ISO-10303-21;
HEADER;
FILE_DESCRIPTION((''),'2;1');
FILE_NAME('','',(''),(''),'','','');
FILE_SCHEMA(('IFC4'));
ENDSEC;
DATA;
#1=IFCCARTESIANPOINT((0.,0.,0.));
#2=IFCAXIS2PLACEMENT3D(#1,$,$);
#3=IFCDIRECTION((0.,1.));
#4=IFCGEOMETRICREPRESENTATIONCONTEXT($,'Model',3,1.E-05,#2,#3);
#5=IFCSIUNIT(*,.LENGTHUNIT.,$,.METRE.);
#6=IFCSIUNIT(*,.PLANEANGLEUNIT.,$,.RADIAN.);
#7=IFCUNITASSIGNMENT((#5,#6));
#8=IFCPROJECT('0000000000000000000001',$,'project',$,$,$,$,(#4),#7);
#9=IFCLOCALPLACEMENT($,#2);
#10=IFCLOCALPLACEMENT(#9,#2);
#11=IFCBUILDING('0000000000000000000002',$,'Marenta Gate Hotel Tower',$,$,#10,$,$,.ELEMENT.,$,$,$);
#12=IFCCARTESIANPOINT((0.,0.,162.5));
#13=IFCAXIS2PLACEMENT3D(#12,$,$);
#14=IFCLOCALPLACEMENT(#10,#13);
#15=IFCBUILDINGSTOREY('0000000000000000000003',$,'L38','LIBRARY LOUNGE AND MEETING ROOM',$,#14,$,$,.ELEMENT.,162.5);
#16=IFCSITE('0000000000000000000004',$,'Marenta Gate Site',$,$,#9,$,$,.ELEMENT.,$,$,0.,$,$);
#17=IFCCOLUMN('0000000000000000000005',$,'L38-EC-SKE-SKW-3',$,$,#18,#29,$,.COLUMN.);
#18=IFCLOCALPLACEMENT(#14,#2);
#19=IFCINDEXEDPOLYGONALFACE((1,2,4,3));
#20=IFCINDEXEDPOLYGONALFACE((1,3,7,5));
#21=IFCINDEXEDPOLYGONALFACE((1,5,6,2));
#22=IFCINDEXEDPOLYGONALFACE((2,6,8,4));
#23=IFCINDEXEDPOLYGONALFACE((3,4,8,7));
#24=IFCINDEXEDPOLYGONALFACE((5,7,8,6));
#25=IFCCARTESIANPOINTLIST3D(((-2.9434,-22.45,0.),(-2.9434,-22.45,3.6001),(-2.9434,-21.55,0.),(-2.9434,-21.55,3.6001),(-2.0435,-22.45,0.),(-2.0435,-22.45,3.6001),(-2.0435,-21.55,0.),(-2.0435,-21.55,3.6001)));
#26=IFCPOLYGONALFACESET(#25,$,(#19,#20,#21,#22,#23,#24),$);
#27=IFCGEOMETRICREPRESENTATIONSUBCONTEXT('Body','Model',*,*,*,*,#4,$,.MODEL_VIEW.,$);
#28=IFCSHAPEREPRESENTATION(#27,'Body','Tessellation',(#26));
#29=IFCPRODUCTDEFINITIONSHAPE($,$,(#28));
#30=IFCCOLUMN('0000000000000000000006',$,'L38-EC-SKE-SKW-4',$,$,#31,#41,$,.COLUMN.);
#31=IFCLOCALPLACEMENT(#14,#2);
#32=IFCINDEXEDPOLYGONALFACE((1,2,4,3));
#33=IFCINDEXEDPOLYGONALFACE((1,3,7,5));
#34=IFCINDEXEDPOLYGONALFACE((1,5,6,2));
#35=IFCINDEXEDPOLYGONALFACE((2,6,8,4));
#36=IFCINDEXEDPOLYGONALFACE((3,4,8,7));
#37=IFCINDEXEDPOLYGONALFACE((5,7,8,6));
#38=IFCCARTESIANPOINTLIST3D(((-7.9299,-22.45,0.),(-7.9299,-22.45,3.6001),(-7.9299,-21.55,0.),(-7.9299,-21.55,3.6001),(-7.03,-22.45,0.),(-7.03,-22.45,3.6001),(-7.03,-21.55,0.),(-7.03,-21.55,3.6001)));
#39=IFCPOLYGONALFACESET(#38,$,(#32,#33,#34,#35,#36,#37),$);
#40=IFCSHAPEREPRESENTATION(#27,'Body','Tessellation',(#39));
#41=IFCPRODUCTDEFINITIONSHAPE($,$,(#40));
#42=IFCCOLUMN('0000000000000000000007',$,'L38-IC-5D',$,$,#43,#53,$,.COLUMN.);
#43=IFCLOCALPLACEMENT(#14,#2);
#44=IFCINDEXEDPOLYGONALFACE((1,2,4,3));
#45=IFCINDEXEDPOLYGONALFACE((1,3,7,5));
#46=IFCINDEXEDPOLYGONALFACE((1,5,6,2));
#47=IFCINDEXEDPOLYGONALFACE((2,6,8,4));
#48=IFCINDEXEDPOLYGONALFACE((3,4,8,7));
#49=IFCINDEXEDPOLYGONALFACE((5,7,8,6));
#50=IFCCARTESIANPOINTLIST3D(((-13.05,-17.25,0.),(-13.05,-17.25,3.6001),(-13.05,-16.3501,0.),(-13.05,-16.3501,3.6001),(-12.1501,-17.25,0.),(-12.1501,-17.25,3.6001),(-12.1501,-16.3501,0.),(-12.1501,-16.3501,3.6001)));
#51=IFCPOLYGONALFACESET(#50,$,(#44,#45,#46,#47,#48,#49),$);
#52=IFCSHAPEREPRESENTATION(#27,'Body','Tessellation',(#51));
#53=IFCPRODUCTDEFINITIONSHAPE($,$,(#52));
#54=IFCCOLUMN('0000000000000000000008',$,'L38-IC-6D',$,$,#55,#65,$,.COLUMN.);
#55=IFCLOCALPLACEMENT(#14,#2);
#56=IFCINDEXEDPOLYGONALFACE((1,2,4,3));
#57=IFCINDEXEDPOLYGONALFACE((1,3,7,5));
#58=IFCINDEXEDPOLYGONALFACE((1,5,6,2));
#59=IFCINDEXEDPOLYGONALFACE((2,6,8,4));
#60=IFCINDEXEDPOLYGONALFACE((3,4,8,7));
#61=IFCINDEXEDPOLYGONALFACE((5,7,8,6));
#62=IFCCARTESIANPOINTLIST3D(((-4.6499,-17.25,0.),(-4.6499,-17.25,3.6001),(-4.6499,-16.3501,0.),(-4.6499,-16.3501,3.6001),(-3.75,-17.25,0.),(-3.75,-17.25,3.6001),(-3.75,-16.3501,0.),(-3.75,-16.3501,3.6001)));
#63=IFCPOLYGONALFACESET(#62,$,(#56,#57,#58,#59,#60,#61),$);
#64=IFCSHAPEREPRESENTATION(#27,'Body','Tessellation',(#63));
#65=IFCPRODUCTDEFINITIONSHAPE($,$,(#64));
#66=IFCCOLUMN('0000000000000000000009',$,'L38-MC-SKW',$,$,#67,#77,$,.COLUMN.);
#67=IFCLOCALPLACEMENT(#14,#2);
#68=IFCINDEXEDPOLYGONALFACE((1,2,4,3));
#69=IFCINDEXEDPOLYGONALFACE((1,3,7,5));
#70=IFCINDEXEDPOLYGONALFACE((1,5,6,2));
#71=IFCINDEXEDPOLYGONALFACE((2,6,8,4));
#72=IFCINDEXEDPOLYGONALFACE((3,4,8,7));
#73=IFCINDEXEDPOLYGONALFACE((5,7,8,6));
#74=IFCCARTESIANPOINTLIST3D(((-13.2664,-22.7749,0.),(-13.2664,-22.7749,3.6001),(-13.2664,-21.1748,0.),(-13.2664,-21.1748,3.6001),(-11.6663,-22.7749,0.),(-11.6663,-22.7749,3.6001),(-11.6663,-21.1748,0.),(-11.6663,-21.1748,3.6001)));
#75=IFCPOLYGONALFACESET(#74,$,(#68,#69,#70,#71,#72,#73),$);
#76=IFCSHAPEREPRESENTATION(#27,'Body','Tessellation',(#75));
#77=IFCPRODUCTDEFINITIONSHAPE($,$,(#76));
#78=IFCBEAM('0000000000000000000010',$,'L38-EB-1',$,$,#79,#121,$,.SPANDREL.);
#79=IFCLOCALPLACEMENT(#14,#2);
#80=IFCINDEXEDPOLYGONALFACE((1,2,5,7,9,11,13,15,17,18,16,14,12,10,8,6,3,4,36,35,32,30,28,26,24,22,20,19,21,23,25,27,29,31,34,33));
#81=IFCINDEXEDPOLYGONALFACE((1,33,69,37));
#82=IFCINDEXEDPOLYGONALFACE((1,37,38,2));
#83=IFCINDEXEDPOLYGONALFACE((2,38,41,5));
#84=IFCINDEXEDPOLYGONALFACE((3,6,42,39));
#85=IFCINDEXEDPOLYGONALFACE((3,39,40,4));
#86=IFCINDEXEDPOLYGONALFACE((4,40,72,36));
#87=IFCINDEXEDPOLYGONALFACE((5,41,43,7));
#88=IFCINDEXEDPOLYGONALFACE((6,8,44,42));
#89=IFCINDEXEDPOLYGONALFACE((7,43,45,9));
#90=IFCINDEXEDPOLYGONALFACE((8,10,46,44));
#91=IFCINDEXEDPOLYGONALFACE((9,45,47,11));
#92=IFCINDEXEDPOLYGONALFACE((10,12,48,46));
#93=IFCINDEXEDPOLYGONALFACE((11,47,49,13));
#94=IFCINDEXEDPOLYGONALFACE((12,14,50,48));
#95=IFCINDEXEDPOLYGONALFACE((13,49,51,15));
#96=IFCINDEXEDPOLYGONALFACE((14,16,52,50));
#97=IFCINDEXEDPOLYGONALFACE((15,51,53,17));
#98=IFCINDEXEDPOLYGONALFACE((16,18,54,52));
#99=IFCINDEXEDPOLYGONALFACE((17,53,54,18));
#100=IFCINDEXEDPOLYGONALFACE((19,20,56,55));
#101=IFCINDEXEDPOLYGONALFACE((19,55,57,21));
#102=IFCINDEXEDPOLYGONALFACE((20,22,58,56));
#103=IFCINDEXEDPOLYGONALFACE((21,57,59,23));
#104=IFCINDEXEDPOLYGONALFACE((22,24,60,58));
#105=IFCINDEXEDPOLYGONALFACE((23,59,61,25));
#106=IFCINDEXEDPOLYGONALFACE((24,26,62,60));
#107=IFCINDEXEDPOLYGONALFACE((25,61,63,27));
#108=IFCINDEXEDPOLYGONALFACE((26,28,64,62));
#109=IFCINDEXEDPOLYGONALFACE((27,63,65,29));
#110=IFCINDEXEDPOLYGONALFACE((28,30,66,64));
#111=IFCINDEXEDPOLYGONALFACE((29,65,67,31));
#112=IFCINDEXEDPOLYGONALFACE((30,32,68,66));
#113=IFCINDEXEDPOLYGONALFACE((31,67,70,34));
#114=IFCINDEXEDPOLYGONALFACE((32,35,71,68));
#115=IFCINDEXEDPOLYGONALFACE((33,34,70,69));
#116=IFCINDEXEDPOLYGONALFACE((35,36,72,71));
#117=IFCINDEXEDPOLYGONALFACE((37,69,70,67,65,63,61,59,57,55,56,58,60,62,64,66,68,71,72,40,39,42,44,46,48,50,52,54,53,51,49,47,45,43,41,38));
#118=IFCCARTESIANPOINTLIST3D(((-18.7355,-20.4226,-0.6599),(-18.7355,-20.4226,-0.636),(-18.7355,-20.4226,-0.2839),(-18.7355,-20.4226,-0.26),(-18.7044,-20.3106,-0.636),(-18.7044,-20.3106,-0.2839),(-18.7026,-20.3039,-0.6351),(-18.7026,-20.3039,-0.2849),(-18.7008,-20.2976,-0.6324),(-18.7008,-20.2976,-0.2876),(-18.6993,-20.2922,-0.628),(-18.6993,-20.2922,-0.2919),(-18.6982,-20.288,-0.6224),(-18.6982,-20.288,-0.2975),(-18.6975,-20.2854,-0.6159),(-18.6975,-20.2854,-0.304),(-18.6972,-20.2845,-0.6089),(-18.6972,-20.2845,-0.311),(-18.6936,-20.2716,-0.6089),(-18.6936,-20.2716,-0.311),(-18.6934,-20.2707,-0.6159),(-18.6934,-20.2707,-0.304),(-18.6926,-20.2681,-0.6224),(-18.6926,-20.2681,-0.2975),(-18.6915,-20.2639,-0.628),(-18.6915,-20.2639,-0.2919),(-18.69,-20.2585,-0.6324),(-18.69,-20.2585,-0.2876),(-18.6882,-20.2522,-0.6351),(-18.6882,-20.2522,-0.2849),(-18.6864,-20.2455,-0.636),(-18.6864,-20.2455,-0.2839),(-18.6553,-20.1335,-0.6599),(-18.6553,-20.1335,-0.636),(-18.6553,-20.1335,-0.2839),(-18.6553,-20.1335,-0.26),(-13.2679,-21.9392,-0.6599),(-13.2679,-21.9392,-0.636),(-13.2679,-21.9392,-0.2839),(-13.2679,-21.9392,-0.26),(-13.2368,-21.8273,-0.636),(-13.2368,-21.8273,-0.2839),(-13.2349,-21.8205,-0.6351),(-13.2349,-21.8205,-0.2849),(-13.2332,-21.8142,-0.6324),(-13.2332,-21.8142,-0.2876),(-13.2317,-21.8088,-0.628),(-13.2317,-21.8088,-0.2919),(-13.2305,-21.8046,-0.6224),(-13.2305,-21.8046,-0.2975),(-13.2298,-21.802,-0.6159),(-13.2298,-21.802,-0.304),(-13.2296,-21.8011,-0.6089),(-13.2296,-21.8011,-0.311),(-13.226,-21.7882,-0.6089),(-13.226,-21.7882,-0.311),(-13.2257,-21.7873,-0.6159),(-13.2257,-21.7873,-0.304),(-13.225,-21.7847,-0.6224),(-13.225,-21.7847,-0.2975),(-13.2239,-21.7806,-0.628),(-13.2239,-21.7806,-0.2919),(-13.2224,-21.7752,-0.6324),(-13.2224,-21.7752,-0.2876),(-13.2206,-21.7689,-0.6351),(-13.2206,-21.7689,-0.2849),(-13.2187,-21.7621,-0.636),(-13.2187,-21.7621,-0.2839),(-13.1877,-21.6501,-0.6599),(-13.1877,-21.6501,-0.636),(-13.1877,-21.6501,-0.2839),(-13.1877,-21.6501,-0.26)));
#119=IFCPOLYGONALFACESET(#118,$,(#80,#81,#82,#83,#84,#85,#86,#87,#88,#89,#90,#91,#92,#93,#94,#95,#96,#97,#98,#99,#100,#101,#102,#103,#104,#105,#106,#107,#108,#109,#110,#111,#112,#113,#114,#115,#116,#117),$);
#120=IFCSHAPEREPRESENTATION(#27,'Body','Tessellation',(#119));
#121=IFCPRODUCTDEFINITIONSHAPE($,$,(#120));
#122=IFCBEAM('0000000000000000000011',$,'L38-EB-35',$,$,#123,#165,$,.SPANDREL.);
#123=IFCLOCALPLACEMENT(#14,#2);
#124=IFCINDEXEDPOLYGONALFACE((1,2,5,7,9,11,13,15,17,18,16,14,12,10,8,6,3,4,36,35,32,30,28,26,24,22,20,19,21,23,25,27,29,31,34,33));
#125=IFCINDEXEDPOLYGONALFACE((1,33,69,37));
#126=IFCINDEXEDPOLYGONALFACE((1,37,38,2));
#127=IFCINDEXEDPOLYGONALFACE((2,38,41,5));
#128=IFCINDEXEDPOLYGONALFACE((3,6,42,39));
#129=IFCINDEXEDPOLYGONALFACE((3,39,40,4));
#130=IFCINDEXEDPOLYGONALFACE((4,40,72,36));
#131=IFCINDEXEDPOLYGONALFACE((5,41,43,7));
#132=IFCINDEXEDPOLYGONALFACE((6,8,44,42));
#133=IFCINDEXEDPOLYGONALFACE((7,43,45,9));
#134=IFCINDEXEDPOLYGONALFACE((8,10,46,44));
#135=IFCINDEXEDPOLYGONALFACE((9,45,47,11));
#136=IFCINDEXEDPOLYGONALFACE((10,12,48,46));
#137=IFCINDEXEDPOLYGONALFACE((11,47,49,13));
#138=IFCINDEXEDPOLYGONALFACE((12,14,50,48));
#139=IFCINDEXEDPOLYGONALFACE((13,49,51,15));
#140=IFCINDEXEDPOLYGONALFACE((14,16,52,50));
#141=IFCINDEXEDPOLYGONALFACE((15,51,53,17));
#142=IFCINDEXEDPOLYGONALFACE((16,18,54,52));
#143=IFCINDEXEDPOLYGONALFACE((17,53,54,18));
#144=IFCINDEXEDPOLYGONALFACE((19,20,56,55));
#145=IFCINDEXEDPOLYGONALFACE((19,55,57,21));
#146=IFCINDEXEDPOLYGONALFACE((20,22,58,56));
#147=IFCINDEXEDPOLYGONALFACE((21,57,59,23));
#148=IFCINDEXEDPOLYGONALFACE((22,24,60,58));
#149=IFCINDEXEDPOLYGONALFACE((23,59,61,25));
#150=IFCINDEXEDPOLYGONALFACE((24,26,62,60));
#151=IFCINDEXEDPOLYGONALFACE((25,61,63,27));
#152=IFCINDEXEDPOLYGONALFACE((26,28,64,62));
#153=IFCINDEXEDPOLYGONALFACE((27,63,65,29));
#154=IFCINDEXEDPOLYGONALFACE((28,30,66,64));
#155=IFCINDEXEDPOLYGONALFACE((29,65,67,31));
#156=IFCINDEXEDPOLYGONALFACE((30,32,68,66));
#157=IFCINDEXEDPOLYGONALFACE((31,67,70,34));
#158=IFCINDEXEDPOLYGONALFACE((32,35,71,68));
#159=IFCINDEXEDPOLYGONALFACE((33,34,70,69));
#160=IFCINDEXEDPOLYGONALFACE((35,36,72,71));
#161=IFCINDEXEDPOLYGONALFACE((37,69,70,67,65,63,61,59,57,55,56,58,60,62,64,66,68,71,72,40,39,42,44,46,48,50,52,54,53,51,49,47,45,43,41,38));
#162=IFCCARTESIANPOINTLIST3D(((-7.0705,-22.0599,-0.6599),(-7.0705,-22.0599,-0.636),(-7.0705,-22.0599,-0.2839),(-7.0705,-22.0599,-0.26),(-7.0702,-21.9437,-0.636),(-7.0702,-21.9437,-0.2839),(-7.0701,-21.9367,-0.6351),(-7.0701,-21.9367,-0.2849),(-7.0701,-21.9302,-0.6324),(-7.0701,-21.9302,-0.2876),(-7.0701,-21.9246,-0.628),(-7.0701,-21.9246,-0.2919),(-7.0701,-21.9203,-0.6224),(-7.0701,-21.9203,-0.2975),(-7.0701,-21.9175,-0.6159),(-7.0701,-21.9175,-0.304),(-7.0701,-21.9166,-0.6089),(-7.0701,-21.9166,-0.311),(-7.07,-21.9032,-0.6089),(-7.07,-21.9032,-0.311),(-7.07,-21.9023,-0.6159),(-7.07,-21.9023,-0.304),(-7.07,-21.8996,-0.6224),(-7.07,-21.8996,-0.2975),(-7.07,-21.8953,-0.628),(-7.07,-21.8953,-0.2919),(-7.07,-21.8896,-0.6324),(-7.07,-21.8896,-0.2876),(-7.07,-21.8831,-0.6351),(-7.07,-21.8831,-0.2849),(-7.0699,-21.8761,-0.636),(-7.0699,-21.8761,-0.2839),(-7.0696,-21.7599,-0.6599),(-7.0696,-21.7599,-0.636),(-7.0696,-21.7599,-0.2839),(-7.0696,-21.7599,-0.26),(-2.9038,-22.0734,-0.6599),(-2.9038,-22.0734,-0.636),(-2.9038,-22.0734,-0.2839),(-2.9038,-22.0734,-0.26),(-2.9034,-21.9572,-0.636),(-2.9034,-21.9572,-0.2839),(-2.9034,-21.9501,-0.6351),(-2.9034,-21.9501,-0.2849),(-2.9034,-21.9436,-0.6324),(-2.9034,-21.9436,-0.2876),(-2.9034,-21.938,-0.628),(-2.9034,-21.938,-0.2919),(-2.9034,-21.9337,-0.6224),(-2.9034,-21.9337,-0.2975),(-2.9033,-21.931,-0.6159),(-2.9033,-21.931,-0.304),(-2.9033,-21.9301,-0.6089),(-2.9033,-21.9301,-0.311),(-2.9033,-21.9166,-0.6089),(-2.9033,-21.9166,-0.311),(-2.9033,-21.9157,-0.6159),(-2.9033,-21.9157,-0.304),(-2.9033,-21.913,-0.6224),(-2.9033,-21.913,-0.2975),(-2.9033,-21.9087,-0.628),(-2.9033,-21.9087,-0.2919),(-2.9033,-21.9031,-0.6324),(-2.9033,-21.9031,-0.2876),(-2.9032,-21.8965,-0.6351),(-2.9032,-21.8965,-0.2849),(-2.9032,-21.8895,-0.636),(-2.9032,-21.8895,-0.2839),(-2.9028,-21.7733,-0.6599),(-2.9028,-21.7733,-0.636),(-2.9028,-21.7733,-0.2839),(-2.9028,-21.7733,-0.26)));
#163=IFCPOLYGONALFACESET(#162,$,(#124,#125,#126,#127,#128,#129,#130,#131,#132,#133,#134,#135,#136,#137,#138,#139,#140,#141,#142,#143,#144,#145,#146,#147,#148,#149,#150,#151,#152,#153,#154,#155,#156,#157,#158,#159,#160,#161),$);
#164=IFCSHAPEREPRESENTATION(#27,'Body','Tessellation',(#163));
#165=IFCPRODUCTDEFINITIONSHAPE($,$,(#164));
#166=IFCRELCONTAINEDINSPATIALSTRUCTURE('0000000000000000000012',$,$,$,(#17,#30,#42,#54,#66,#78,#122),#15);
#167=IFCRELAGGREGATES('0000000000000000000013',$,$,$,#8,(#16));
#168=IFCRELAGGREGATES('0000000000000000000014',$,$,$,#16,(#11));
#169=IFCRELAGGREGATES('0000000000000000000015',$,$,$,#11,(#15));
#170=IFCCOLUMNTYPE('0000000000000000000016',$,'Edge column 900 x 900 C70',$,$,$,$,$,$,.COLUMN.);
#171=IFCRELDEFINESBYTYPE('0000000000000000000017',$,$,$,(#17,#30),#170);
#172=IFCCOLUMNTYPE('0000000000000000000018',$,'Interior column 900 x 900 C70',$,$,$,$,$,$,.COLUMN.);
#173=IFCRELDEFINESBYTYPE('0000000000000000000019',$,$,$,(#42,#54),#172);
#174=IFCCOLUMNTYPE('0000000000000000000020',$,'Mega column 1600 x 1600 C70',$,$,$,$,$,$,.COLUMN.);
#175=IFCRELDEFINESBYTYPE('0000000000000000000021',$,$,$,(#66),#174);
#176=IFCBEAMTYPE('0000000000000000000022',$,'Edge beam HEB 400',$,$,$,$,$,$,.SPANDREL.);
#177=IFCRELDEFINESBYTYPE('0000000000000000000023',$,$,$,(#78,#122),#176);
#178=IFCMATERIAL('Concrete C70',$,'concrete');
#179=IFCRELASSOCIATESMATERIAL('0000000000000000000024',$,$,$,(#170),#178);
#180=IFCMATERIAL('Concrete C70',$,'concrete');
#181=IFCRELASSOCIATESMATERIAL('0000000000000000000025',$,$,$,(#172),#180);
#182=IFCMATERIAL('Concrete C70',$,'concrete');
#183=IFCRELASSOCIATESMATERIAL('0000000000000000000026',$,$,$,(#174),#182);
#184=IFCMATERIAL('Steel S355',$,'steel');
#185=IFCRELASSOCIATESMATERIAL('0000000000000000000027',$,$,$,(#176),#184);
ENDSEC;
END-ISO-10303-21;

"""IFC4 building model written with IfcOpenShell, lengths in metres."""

from ifc_helpers import new_model, si_unit, direction, frame, origin, origin_2d, place, context, subcontext, project, spatial, rectangle, i_section, extrude, material, material_profile, profile_set, type_object, element, save


model = new_model("IFC4")

# Units and contexts
model_context = context("Model", 3, precision=1e-05, world=origin(), true_north=direction((0.0, 1.0)))
body_context = subcontext(model_context, "Body", "Model", "MODEL_VIEW")
ifc_project = project(units=[si_unit("LENGTHUNIT", "METRE"), si_unit("PLANEANGLEUNIT", "RADIAN")], contexts=[model_context])

# Site, building, storey
site_placement = place(None, origin())
site = spatial("IfcSite", under=ifc_project, at=site_placement, Name="Marenta Gate Site", CompositionType="ELEMENT", RefElevation=0.0)
building_placement = place(site_placement, origin())
building = spatial("IfcBuilding", under=site, at=building_placement, Name="Marenta Gate Hotel Tower", CompositionType="ELEMENT")
storey_placement = place(building_placement, frame((0.0, 0.0, 162.5)))
storey = spatial("IfcBuildingStorey", under=building, at=storey_placement, Name="L38", Description="LIBRARY LOUNGE AND MEETING ROOM", CompositionType="ELEMENT", Elevation=162.5)

# Columns
ifc_material_1 = material(Name="Concrete C70", Category="concrete")
ifc_material_profile_1 = material_profile(ifc_material_1, rectangle(XDim=0.8999, YDim=0.8999, at=origin_2d()), Name="900 x 900")
ifc_profile_set_1 = profile_set([ifc_material_profile_1], Name="Concrete C70")
column_type_1 = type_object("IfcColumnType", Name="Edge column 900 x 900 C70", PredefinedType="COLUMN", material=ifc_profile_set_1)
for number, where, z_axis, x_axis, name in (
    (1, (-2.4934, -22.0, 0.0), (0.0, 0.0, 1.0), (1.0, 0.0, 0.0), "L38-EC-SKE-SKW-3"),
    (2, (-7.48, -22.0, 0.0), (0.0, 0.0, 1.0), (1.0, 0.0, 0.0), "L38-EC-SKE-SKW-4"),
):
    element("IfcColumn", number, at=place(storey_placement, frame(where, z_axis=z_axis, x_axis=x_axis)), inside=storey, type_object=column_type_1, Name=name, PredefinedType="COLUMN", context=body_context, shape_type="SweptSolid", body=[
        extrude(rectangle(XDim=0.8999, YDim=0.8999, at=origin_2d()), origin(), (0.0, 0.0, 1.0), 3.6001),
    ])
ifc_material_2 = material(Name="Concrete C70", Category="concrete")
ifc_material_profile_2 = material_profile(ifc_material_2, rectangle(XDim=0.8999, YDim=0.8999, at=origin_2d()), Name="900 x 900")
ifc_profile_set_2 = profile_set([ifc_material_profile_2], Name="Concrete C70")
column_type_2 = type_object("IfcColumnType", Name="Interior column 900 x 900 C70", PredefinedType="COLUMN", material=ifc_profile_set_2)
for number, where, z_axis, x_axis, name in (
    (3, (-12.6001, -16.8, 0.0), (0.0, 0.0, 1.0), (1.0, 0.0, 0.0), "L38-IC-5D"),
    (4, (-4.2, -16.8, 0.0), (0.0, 0.0, 1.0), (1.0, 0.0, 0.0), "L38-IC-6D"),
):
    element("IfcColumn", number, at=place(storey_placement, frame(where, z_axis=z_axis, x_axis=x_axis)), inside=storey, type_object=column_type_2, Name=name, PredefinedType="COLUMN", context=body_context, shape_type="SweptSolid", body=[
        extrude(rectangle(XDim=0.8999, YDim=0.8999, at=origin_2d()), origin(), (0.0, 0.0, 1.0), 3.6001),
    ])
ifc_material_3 = material(Name="Concrete C70", Category="concrete")
ifc_material_profile_3 = material_profile(ifc_material_3, rectangle(XDim=1.6001, YDim=1.6001, at=origin_2d()), Name="1600 x 1600")
ifc_profile_set_3 = profile_set([ifc_material_profile_3], Name="Concrete C70")
column_type_3 = type_object("IfcColumnType", Name="Mega column 1600 x 1600 C70", PredefinedType="COLUMN", material=ifc_profile_set_3)
column_placement = place(storey_placement, frame((-12.4663, -21.9749, 0.0), z_axis=(0.0, 0.0, 1.0), x_axis=(1.0, 0.0, 0.0)))
element("IfcColumn", 5, at=column_placement, inside=storey, type_object=column_type_3, Name="L38-MC-SKW", PredefinedType="COLUMN", context=body_context, shape_type="SweptSolid", body=[
    extrude(rectangle(XDim=1.6001, YDim=1.6001, at=origin_2d()), origin(), (0.0, 0.0, 1.0), 3.6001),
])

# Beams
ifc_material_4 = material(Name="Steel S355", Category="steel")
ifc_material_profile_4 = material_profile(ifc_material_4, i_section(OverallWidth=0.3, OverallDepth=0.3999, WebThickness=0.0134, FlangeThickness=0.0239, FilletRadius=0.0271, at=origin_2d()), Name="HEB 400")
ifc_profile_set_4 = profile_set([ifc_material_profile_4], Name="Steel S355")
beam_type_1 = type_object("IfcBeamType", Name="Edge beam HEB 400", PredefinedType="SPANDREL", material=ifc_profile_set_4)
beam_1_placement = place(storey_placement, frame((-13.2278, -21.7947, -0.46), z_axis=(-0.963616, 0.267291, 0.0), x_axis=(-0.267291, -0.963616, 0.0)))
element("IfcBeam", 6, at=beam_1_placement, inside=storey, type_object=beam_type_1, Name="L38-EB-1", PredefinedType="SPANDREL", context=body_context, shape_type="SweptSolid", body=[
    extrude(i_section(OverallWidth=0.3, OverallDepth=0.3999, WebThickness=0.0134, FlangeThickness=0.0239, FilletRadius=0.0271, at=origin_2d()), origin(), (0.0, 0.0, 1.0), 5.6741),
])
beam_2_placement = place(storey_placement, frame((-2.9033, -21.9233, -0.46), z_axis=(-0.999995, 0.003223, 0.0), x_axis=(-0.003223, -0.999995, 0.0)))
element("IfcBeam", 7, at=beam_2_placement, inside=storey, type_object=beam_type_1, Name="L38-EB-35", PredefinedType="SPANDREL", context=body_context, shape_type="SweptSolid", body=[
    extrude(i_section(OverallWidth=0.3, OverallDepth=0.3999, WebThickness=0.0134, FlangeThickness=0.0239, FilletRadius=0.0271, at=origin_2d()), origin(), (0.0, 0.0, 1.0), 4.1667),
])

save(model, "model.ifc")
